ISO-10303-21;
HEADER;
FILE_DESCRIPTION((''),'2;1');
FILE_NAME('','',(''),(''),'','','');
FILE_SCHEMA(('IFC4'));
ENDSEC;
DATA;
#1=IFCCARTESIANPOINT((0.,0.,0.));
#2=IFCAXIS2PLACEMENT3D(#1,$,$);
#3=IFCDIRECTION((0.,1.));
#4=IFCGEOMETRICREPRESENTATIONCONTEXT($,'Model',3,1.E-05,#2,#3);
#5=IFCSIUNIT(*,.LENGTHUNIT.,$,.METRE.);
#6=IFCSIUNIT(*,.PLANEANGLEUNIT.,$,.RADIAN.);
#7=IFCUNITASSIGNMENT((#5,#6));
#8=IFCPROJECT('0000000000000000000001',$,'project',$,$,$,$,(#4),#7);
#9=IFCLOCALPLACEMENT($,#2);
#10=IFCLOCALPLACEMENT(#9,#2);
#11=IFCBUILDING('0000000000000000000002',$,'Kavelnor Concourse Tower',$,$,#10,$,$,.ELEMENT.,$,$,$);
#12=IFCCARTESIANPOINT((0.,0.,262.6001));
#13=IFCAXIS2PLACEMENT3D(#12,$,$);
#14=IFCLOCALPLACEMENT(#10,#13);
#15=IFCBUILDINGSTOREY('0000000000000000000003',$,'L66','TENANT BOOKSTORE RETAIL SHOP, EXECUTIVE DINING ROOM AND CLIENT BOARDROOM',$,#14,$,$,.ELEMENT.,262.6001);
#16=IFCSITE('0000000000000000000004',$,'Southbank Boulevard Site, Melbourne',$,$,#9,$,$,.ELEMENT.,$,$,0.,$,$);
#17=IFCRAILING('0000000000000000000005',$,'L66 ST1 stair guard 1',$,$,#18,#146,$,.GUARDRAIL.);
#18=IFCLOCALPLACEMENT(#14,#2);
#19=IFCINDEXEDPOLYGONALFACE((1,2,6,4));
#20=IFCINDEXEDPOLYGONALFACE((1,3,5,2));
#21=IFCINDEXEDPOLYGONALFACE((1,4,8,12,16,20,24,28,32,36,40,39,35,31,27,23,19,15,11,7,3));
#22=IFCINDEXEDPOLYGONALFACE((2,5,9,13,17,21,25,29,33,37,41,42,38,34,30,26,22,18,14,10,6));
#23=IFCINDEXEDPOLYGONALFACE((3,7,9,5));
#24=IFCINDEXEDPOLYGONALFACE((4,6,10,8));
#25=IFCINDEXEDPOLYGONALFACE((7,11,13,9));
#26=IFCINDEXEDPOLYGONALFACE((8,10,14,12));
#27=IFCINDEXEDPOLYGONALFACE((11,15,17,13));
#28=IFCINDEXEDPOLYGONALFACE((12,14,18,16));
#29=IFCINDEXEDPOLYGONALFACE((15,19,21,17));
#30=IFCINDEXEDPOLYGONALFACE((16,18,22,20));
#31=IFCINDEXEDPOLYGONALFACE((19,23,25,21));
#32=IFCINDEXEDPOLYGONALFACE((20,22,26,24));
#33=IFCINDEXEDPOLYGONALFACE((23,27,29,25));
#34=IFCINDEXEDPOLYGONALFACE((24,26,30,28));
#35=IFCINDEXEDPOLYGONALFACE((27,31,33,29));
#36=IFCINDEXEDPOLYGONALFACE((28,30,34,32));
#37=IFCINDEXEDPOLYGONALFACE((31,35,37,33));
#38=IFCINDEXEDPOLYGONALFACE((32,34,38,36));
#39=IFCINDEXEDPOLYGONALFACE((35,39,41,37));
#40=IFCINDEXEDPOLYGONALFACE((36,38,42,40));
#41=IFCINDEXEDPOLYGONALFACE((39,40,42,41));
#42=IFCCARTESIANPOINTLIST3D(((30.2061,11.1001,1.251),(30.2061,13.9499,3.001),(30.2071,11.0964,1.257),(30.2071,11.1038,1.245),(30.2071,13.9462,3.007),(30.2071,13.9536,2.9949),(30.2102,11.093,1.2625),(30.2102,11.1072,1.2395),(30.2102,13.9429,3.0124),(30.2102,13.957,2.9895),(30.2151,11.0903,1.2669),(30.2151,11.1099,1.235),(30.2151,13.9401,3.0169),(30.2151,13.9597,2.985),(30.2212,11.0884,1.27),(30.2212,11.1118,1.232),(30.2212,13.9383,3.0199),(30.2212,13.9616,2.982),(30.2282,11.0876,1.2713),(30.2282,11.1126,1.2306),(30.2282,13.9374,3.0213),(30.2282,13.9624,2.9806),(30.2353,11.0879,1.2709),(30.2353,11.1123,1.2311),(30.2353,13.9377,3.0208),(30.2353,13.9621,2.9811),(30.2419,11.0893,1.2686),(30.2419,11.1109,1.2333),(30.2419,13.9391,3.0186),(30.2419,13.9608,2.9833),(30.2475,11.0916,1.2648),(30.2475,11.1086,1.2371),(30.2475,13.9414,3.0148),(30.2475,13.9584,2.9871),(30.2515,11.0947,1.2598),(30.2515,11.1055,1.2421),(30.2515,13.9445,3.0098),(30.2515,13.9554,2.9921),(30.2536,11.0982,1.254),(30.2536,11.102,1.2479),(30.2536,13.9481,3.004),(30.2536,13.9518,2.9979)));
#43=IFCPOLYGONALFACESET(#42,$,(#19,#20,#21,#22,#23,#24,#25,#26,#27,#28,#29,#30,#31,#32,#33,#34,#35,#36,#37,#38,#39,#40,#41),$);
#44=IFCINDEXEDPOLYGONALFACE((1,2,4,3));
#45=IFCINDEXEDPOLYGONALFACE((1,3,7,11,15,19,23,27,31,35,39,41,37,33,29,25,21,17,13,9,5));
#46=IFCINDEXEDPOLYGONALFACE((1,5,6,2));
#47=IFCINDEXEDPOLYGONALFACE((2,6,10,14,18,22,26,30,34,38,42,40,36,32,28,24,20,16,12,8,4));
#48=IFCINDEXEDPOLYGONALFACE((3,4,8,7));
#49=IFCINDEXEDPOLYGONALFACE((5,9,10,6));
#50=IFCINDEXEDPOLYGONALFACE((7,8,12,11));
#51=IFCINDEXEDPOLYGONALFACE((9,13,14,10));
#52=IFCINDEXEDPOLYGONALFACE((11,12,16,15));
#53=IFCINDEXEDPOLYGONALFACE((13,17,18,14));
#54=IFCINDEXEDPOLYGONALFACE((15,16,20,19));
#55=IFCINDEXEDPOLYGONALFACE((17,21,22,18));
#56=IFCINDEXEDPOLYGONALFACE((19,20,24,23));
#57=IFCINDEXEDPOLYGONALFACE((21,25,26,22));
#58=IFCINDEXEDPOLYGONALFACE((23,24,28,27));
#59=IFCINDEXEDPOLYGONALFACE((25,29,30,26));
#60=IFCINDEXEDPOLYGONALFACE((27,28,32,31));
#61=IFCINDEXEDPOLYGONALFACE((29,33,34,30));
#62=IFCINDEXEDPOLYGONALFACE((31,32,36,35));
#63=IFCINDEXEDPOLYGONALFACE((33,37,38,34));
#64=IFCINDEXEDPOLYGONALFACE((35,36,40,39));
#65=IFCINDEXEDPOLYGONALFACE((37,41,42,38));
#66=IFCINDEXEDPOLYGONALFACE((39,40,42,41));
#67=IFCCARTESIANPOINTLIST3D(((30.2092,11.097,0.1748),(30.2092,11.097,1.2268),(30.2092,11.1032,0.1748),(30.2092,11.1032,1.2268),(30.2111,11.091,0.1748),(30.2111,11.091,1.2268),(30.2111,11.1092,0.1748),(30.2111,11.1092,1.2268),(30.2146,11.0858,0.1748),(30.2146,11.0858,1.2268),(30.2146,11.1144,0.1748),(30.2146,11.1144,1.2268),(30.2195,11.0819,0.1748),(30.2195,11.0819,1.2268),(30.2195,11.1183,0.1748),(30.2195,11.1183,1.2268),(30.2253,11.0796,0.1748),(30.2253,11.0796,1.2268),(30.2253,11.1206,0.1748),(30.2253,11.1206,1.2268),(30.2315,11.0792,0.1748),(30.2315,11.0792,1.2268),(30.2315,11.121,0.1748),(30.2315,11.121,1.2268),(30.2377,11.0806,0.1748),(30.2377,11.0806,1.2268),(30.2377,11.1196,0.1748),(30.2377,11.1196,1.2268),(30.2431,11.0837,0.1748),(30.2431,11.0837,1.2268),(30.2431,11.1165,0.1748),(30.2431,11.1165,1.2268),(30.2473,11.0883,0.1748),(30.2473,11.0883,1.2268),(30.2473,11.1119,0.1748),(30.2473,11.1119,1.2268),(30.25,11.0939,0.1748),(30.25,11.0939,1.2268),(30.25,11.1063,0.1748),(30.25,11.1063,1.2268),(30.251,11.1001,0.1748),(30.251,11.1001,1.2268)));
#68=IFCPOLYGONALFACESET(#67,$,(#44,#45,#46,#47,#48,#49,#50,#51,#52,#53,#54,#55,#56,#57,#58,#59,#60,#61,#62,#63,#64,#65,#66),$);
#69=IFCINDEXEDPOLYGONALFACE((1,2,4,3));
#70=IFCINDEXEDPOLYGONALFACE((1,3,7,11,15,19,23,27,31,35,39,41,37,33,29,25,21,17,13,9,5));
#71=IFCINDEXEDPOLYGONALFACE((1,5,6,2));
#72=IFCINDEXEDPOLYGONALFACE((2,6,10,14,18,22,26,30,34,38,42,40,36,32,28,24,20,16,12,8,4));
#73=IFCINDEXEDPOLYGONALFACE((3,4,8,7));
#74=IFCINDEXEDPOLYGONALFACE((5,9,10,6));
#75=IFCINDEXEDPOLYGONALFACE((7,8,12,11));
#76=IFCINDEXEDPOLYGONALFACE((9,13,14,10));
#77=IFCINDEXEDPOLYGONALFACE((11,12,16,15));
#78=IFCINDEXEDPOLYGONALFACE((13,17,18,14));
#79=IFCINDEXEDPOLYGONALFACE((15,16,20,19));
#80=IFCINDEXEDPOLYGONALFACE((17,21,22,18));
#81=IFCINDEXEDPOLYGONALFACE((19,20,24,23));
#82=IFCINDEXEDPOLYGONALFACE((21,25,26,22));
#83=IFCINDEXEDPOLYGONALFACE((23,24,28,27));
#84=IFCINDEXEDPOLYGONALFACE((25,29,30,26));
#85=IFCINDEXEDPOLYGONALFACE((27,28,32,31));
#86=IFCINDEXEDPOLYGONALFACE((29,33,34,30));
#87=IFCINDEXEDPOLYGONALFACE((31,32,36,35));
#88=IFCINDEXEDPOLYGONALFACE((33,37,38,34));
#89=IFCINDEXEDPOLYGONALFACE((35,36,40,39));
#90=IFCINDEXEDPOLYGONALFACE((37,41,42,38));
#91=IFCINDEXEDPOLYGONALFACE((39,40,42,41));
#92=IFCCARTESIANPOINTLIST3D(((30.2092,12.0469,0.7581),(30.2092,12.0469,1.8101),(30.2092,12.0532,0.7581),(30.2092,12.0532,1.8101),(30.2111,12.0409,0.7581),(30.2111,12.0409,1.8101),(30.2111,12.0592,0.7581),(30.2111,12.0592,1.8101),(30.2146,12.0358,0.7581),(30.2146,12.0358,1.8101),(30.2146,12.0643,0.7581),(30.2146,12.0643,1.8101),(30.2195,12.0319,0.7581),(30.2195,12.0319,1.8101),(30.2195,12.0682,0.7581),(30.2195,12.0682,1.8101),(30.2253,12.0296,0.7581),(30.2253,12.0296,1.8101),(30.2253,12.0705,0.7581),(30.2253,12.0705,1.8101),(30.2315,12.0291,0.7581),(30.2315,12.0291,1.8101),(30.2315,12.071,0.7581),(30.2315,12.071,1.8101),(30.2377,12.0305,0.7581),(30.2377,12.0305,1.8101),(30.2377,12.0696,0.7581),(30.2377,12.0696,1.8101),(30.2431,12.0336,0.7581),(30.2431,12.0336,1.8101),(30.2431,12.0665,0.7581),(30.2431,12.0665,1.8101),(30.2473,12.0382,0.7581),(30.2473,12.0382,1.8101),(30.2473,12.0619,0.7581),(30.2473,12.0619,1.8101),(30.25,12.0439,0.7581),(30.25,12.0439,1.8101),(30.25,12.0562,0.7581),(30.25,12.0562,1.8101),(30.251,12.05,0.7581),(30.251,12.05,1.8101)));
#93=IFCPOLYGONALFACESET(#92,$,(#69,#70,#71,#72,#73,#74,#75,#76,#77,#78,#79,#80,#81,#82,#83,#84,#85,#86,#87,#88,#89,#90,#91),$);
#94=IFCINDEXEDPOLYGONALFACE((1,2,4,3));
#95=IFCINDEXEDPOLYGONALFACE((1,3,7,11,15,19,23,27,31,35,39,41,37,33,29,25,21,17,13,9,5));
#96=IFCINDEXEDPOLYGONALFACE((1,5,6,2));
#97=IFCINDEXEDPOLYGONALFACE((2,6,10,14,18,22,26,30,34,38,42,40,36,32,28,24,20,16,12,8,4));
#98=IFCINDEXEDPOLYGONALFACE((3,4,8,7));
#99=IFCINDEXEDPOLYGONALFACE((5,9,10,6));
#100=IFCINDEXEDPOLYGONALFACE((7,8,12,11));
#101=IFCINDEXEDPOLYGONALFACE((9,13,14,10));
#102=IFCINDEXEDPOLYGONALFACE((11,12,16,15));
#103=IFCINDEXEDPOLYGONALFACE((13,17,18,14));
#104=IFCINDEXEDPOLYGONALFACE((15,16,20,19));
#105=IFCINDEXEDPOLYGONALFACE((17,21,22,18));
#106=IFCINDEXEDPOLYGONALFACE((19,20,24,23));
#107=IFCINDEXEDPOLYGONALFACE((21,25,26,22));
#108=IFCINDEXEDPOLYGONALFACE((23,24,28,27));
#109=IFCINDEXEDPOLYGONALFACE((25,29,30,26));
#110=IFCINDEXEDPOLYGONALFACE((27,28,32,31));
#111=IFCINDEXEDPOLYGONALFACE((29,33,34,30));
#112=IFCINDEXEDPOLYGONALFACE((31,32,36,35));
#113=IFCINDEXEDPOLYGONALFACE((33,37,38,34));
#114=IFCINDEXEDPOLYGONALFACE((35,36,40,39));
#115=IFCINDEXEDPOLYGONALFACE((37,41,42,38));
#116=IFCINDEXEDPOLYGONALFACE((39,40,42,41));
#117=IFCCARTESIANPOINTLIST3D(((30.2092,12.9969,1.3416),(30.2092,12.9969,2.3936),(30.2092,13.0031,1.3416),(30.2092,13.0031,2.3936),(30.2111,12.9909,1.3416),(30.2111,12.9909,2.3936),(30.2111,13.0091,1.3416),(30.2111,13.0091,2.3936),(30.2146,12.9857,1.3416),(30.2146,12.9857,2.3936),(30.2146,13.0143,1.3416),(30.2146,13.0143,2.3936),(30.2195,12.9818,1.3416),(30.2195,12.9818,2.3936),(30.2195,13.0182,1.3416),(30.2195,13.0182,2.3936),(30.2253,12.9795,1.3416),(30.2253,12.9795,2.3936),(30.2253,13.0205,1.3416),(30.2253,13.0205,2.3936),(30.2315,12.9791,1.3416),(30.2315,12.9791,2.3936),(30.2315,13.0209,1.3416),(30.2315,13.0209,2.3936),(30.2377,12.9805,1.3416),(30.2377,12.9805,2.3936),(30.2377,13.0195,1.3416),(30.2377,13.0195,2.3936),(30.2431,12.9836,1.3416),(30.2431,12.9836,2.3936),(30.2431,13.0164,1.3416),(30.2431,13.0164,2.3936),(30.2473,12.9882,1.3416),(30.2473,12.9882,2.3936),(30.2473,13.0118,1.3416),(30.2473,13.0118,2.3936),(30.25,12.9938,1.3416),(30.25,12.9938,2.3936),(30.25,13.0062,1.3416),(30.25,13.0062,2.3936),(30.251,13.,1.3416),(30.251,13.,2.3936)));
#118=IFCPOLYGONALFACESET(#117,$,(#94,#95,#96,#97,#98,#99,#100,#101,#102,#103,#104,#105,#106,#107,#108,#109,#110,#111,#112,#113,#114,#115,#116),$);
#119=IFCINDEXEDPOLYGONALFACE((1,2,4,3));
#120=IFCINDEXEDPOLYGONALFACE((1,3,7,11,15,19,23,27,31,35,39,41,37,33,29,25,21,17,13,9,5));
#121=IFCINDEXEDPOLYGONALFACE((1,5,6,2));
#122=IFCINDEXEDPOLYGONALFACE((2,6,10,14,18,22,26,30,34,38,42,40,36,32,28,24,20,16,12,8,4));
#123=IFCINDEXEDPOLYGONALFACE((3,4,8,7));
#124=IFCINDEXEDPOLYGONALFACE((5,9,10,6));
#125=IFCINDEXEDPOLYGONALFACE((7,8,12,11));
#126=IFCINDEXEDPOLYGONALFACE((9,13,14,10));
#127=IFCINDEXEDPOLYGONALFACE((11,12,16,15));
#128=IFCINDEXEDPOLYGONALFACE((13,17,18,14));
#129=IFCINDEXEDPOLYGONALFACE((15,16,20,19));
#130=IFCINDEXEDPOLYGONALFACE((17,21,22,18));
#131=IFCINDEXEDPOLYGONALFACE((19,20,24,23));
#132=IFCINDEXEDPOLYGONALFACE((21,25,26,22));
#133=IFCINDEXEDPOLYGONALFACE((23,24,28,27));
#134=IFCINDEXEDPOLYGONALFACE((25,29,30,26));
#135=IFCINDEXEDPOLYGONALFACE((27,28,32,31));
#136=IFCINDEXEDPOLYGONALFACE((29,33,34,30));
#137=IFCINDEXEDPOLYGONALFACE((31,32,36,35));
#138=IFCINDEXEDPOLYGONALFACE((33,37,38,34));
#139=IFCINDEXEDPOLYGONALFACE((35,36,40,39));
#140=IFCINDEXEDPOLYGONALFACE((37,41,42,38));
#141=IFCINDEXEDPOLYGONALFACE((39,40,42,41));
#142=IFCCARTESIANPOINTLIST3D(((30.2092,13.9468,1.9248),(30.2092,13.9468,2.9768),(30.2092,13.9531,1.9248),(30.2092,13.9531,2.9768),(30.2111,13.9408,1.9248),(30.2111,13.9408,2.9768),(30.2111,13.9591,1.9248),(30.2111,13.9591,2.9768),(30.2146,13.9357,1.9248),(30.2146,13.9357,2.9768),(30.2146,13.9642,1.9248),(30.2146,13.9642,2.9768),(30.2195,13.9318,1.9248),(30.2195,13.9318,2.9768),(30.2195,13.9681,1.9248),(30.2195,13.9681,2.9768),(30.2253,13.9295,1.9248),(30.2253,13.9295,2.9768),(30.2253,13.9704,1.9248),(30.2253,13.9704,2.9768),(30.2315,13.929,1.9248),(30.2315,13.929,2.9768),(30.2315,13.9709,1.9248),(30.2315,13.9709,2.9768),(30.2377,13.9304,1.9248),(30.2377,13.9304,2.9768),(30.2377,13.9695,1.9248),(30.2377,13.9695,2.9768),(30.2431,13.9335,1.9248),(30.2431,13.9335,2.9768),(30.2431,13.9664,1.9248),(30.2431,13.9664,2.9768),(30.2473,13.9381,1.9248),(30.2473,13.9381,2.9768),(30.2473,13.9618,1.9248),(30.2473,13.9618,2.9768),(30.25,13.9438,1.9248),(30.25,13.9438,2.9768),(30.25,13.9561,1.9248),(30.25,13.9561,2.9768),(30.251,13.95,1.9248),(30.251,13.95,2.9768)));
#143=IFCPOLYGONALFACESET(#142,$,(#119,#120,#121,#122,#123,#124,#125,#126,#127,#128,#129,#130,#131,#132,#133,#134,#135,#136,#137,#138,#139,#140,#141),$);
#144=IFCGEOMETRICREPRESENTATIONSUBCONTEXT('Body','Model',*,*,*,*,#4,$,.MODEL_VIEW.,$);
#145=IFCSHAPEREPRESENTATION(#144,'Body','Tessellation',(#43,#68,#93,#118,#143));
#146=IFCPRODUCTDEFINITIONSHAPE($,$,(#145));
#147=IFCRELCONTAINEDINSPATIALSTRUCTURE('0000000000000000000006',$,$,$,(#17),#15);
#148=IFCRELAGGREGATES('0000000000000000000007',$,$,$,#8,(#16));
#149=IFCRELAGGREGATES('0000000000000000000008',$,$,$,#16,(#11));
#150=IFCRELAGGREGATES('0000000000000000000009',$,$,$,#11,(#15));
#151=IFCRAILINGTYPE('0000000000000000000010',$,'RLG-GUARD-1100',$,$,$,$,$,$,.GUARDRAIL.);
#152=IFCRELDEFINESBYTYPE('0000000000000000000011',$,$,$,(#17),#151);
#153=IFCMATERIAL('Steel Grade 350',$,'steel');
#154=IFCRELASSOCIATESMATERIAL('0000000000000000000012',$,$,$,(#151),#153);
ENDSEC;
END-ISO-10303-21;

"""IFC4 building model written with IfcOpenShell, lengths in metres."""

from ifc_helpers import new_model, si_unit, direction, frame, origin, origin_2d, place, context, subcontext, project, spatial, circle, extrude, material, type_object, element, save


model = new_model("IFC4")

# Units and contexts
model_context = context("Model", 3, precision=1e-05, world=origin(), true_north=direction((0.0, 1.0)))
body_context = subcontext(model_context, "Body", "Model", "MODEL_VIEW")
ifc_project = project(units=[si_unit("LENGTHUNIT", "METRE"), si_unit("PLANEANGLEUNIT", "RADIAN")], contexts=[model_context])

# Site, building, storey
site_placement = place(None, origin())
site = spatial("IfcSite", under=ifc_project, at=site_placement, Name="Southbank Boulevard Site, Melbourne", CompositionType="ELEMENT", RefElevation=0.0)
building_placement = place(site_placement, origin())
building = spatial("IfcBuilding", under=site, at=building_placement, Name="Kavelnor Concourse Tower", CompositionType="ELEMENT")
storey_placement = place(building_placement, frame((0.0, 0.0, 262.6001)))
storey = spatial("IfcBuildingStorey", under=building, at=storey_placement, Name="L66", Description="TENANT BOOKSTORE RETAIL SHOP, EXECUTIVE DINING ROOM AND CLIENT BOARDROOM", CompositionType="ELEMENT", Elevation=262.6001)

# Shared definitions
ifc_material_1 = material(Name="Steel Grade 350", Category="steel")

# Railing
railing_type_1 = type_object("IfcRailingType", Name="RLG-GUARD-1100", PredefinedType="GUARDRAIL", material=ifc_material_1)
railing_1_placement = place(storey_placement, frame((30.23, 11.1001, 0.1748)))
element("IfcRailing", 1, at=railing_1_placement, inside=storey, type_object=railing_type_1, Name="L66 ST1 stair guard 1", PredefinedType="GUARDRAIL", context=body_context, shape_type="SweptSolid", body=[
    extrude(circle(Radius=0.0239, at=origin_2d()), frame((0.0, 0.0, 1.0762), z_axis=(0.0, 0.852159, 0.523283), x_axis=(-1.0, 0.0, 0.0)), (0.0, 0.0, 1.0), 3.3442),
    extrude(circle(Radius=0.021, at=origin_2d()), origin(), (0.0, 0.0, 1.0), 1.052),
    extrude(circle(Radius=0.021, at=origin_2d()), frame((0.0, 0.95, 0.5833)), (0.0, 0.0, 1.0), 1.052),
    extrude(circle(Radius=0.021, at=origin_2d()), frame((0.0, 1.8999, 1.1667)), (0.0, 0.0, 1.0), 1.052),
    extrude(circle(Radius=0.021, at=origin_2d()), frame((0.0, 2.8499, 1.75)), (0.0, 0.0, 1.0), 1.052),
])

save(model, "model.ifc")
